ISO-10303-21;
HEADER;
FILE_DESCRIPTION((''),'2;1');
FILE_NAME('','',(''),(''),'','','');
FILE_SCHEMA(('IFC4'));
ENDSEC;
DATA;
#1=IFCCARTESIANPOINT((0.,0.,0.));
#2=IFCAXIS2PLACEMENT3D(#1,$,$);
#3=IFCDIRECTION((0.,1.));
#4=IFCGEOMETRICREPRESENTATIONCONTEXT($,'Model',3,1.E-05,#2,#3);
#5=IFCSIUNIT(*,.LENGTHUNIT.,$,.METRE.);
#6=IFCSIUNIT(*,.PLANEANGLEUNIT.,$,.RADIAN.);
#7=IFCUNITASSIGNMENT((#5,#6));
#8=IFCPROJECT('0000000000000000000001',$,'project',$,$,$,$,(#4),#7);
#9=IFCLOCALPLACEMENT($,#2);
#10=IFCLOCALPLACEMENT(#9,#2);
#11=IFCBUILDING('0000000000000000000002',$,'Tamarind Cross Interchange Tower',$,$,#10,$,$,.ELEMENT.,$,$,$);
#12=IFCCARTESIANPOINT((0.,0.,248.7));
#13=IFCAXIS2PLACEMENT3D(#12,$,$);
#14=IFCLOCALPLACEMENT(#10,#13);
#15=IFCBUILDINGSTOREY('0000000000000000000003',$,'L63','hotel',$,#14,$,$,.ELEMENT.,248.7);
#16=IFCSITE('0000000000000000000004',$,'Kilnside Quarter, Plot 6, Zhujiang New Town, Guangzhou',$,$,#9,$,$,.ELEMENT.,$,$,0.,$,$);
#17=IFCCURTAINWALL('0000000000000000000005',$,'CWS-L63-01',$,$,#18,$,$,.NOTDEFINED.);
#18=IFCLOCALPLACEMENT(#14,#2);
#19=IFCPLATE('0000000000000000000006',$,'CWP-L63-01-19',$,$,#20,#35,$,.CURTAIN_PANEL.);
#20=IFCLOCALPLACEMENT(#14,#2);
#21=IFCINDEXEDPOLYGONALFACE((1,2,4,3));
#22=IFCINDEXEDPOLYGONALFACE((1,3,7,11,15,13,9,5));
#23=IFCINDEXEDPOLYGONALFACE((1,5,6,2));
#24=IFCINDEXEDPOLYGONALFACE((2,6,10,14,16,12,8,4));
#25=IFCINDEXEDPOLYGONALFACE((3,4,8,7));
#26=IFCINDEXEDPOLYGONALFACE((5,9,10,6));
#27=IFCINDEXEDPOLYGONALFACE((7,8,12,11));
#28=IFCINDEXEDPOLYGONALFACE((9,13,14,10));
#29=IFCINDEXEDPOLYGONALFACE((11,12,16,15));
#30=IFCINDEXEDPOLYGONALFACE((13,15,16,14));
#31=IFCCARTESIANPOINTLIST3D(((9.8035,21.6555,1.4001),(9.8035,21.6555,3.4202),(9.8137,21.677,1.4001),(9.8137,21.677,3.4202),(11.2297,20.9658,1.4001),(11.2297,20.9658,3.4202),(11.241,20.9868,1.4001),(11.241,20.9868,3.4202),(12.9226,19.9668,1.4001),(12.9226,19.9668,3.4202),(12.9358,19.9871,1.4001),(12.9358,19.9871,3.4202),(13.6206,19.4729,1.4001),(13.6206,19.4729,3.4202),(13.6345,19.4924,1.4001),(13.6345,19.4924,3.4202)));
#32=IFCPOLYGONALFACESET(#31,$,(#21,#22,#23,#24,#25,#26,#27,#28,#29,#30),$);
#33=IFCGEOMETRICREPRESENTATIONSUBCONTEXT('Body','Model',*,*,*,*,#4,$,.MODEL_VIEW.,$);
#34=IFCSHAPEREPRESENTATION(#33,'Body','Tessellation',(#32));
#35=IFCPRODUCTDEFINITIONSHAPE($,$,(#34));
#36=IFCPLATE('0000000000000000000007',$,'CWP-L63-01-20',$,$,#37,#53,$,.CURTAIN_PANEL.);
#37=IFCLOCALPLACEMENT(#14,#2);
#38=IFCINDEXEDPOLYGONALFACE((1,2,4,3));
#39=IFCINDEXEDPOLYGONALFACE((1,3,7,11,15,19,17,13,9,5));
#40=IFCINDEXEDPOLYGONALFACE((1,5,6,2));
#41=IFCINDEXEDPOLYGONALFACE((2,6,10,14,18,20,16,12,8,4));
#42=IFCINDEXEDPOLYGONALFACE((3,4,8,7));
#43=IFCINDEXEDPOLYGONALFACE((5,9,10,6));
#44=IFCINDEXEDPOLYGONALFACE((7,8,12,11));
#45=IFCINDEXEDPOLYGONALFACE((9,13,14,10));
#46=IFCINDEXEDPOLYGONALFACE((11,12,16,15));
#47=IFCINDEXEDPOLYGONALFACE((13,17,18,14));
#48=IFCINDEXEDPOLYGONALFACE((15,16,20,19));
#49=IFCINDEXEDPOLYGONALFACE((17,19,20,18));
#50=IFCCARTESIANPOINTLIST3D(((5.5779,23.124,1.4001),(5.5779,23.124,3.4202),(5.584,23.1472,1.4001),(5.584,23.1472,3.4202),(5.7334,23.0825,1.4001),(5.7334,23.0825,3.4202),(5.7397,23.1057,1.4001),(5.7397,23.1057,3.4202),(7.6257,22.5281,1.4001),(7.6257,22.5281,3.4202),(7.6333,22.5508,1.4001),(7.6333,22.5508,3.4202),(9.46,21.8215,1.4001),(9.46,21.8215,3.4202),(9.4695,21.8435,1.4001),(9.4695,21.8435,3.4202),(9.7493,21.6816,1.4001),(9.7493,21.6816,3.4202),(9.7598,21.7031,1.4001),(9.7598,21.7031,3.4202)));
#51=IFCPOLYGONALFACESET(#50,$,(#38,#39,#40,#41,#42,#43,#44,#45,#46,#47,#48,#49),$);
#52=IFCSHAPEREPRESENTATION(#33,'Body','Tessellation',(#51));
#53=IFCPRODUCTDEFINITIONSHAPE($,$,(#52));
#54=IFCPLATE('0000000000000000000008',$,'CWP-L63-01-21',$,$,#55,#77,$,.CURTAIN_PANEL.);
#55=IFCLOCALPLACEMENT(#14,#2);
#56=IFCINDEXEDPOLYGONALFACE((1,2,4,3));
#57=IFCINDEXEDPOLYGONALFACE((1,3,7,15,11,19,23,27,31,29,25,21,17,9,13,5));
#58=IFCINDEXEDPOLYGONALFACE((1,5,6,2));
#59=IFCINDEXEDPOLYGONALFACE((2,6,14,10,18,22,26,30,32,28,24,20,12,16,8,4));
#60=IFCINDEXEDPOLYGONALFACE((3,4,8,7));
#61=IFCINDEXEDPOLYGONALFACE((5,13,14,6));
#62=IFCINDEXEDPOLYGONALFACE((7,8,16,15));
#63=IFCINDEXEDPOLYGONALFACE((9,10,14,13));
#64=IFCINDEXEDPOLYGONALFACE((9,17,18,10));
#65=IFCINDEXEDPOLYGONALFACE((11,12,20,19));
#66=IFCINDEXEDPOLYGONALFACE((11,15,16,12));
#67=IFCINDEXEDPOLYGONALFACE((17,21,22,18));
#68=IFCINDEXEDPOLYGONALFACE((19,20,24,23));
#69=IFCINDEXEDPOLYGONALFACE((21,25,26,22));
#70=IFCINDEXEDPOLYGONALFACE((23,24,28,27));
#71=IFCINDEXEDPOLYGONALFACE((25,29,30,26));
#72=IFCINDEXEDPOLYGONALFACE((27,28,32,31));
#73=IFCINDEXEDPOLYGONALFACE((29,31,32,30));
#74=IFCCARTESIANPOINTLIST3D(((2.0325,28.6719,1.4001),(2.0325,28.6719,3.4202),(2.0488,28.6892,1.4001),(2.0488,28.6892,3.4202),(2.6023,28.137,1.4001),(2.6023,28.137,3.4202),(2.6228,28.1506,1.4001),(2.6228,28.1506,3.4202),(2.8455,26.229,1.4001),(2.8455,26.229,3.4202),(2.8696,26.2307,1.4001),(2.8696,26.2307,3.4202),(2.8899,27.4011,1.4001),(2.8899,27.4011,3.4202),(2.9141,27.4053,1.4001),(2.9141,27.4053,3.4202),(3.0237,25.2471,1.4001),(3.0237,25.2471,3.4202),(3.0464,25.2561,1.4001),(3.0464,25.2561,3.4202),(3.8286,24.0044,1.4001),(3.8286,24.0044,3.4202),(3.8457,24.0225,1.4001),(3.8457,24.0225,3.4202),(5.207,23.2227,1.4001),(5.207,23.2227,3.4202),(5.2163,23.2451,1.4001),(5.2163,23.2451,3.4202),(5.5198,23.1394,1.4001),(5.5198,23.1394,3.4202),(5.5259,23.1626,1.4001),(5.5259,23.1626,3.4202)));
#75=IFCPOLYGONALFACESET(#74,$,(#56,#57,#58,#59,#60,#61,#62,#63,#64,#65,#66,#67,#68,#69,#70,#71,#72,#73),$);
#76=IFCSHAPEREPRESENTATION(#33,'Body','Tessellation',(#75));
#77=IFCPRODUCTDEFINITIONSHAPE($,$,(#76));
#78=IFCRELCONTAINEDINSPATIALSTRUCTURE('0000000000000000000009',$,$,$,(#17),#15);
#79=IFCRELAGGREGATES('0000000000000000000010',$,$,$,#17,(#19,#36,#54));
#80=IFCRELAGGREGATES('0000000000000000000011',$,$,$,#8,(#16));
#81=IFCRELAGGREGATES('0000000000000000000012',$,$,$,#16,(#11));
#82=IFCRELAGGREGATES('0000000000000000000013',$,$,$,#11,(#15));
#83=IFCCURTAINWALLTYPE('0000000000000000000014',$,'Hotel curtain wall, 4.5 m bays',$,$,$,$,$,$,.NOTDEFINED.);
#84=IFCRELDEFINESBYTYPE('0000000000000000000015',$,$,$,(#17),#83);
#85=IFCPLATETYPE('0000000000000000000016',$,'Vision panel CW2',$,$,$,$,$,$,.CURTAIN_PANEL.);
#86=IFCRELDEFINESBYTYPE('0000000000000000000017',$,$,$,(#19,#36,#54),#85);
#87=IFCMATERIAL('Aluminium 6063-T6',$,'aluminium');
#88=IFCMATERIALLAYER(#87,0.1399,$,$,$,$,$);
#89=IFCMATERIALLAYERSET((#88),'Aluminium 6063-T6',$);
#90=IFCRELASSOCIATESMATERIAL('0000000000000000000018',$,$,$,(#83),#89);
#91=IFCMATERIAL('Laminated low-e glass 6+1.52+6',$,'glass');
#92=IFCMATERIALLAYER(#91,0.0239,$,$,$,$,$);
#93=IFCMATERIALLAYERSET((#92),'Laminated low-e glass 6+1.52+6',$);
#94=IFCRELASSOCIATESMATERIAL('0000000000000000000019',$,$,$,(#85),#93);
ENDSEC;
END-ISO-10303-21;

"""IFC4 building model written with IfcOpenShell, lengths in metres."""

from ifc_helpers import new_model, si_unit, direction, frame, origin, place, context, subcontext, project, spatial, polyline, outline, extrude, material, layer, layer_set, type_object, element, aggregate, save


model = new_model("IFC4")

# Units and contexts
model_context = context("Model", 3, precision=1e-05, world=origin(), true_north=direction((0.0, 1.0)))
body_context = subcontext(model_context, "Body", "Model", "MODEL_VIEW")
ifc_project = project(units=[si_unit("LENGTHUNIT", "METRE"), si_unit("PLANEANGLEUNIT", "RADIAN")], contexts=[model_context])

# Site, building, storey
site_placement = place(None, origin())
site = spatial("IfcSite", under=ifc_project, at=site_placement, Name="Kilnside Quarter, Plot 6, Zhujiang New Town, Guangzhou", CompositionType="ELEMENT", RefElevation=0.0)
building_placement = place(site_placement, origin())
building = spatial("IfcBuilding", under=site, at=building_placement, Name="Tamarind Cross Interchange Tower", CompositionType="ELEMENT")
storey_placement = place(building_placement, frame((0.0, 0.0, 248.7)))
storey = spatial("IfcBuildingStorey", under=building, at=storey_placement, Name="L63", Description="hotel", CompositionType="ELEMENT", Elevation=248.7)

# Curtain wall, plates
ifc_material_1 = material(Name="Aluminium 6063-T6", Category="aluminium")
ifc_layer_1 = layer(ifc_material_1, 0.1399)
ifc_layer_set_1 = layer_set([ifc_layer_1], Name="Aluminium 6063-T6")
curtain_wall_type = type_object("IfcCurtainWallType", Name="Hotel curtain wall, 4.5 m bays", PredefinedType="NOTDEFINED", material=ifc_layer_set_1)
curtain_wall_placement = place(storey_placement, origin())
curtain_wall = element("IfcCurtainWall", 1, at=curtain_wall_placement, inside=storey, type_object=curtain_wall_type, Name="CWS-L63-01", PredefinedType="NOTDEFINED")
ifc_material_2 = material(Name="Laminated low-e glass 6+1.52+6", Category="glass")
ifc_layer_2 = layer(ifc_material_2, 0.0239)
ifc_layer_set_2 = layer_set([ifc_layer_2], Name="Laminated low-e glass 6+1.52+6")
plate_type = type_object("IfcPlateType", Name="Vision panel CW2", PredefinedType="CURTAIN_PANEL", material=ifc_layer_set_2)
plate_1_placement = place(storey_placement, frame((0.0, 0.0, 1.4001)))
plate_1 = element("IfcPlate", 2, at=plate_1_placement, type_object=plate_type, Name="CWP-L63-01-19", PredefinedType="CURTAIN_PANEL", context=body_context, shape_type="SweptSolid", body=[
    extrude(outline(polyline([(13.6206, 19.4729), (12.9226, 19.9668), (11.2297, 20.9658), (9.8035, 21.6555), (9.8137, 21.677), (11.241, 20.9868), (12.9358, 19.9871), (13.6345, 19.4924), (13.6206, 19.4729)])), origin(), (0.0, 0.0, 1.0), 2.02),
])
plate_2_placement = place(storey_placement, frame((0.0, 0.0, 1.4001)))
plate_2 = element("IfcPlate", 3, at=plate_2_placement, type_object=plate_type, Name="CWP-L63-01-20", PredefinedType="CURTAIN_PANEL", context=body_context, shape_type="SweptSolid", body=[
    extrude(outline(polyline([(9.7493, 21.6816), (9.46, 21.8215), (7.6257, 22.5281), (5.7334, 23.0825), (5.5779, 23.124), (5.584, 23.1472), (5.7397, 23.1057), (7.6333, 22.5508), (9.4695, 21.8435), (9.7598, 21.7031), (9.7493, 21.6816)])), origin(), (0.0, 0.0, 1.0), 2.02),
])
plate_3_placement = place(storey_placement, frame((0.0, 0.0, 1.4001)))
plate_3 = element("IfcPlate", 4, at=plate_3_placement, type_object=plate_type, Name="CWP-L63-01-21", PredefinedType="CURTAIN_PANEL", context=body_context, shape_type="SweptSolid", body=[
    extrude(outline(polyline([(5.5198, 23.1394), (5.207, 23.2227), (3.8286, 24.0044), (3.0237, 25.2471), (2.8455, 26.229), (2.8899, 27.4011), (2.6023, 28.137), (2.0325, 28.6719), (2.0488, 28.6892), (2.6228, 28.1506), (2.9141, 27.4053), (2.8696, 26.2307), (3.0464, 25.2561), (3.8457, 24.0225), (5.2163, 23.2451), (5.5259, 23.1626), (5.5198, 23.1394)])), origin(), (0.0, 0.0, 1.0), 2.02),
])
aggregate(curtain_wall, [plate_1, plate_2, plate_3])

save(model, "model.ifc")
